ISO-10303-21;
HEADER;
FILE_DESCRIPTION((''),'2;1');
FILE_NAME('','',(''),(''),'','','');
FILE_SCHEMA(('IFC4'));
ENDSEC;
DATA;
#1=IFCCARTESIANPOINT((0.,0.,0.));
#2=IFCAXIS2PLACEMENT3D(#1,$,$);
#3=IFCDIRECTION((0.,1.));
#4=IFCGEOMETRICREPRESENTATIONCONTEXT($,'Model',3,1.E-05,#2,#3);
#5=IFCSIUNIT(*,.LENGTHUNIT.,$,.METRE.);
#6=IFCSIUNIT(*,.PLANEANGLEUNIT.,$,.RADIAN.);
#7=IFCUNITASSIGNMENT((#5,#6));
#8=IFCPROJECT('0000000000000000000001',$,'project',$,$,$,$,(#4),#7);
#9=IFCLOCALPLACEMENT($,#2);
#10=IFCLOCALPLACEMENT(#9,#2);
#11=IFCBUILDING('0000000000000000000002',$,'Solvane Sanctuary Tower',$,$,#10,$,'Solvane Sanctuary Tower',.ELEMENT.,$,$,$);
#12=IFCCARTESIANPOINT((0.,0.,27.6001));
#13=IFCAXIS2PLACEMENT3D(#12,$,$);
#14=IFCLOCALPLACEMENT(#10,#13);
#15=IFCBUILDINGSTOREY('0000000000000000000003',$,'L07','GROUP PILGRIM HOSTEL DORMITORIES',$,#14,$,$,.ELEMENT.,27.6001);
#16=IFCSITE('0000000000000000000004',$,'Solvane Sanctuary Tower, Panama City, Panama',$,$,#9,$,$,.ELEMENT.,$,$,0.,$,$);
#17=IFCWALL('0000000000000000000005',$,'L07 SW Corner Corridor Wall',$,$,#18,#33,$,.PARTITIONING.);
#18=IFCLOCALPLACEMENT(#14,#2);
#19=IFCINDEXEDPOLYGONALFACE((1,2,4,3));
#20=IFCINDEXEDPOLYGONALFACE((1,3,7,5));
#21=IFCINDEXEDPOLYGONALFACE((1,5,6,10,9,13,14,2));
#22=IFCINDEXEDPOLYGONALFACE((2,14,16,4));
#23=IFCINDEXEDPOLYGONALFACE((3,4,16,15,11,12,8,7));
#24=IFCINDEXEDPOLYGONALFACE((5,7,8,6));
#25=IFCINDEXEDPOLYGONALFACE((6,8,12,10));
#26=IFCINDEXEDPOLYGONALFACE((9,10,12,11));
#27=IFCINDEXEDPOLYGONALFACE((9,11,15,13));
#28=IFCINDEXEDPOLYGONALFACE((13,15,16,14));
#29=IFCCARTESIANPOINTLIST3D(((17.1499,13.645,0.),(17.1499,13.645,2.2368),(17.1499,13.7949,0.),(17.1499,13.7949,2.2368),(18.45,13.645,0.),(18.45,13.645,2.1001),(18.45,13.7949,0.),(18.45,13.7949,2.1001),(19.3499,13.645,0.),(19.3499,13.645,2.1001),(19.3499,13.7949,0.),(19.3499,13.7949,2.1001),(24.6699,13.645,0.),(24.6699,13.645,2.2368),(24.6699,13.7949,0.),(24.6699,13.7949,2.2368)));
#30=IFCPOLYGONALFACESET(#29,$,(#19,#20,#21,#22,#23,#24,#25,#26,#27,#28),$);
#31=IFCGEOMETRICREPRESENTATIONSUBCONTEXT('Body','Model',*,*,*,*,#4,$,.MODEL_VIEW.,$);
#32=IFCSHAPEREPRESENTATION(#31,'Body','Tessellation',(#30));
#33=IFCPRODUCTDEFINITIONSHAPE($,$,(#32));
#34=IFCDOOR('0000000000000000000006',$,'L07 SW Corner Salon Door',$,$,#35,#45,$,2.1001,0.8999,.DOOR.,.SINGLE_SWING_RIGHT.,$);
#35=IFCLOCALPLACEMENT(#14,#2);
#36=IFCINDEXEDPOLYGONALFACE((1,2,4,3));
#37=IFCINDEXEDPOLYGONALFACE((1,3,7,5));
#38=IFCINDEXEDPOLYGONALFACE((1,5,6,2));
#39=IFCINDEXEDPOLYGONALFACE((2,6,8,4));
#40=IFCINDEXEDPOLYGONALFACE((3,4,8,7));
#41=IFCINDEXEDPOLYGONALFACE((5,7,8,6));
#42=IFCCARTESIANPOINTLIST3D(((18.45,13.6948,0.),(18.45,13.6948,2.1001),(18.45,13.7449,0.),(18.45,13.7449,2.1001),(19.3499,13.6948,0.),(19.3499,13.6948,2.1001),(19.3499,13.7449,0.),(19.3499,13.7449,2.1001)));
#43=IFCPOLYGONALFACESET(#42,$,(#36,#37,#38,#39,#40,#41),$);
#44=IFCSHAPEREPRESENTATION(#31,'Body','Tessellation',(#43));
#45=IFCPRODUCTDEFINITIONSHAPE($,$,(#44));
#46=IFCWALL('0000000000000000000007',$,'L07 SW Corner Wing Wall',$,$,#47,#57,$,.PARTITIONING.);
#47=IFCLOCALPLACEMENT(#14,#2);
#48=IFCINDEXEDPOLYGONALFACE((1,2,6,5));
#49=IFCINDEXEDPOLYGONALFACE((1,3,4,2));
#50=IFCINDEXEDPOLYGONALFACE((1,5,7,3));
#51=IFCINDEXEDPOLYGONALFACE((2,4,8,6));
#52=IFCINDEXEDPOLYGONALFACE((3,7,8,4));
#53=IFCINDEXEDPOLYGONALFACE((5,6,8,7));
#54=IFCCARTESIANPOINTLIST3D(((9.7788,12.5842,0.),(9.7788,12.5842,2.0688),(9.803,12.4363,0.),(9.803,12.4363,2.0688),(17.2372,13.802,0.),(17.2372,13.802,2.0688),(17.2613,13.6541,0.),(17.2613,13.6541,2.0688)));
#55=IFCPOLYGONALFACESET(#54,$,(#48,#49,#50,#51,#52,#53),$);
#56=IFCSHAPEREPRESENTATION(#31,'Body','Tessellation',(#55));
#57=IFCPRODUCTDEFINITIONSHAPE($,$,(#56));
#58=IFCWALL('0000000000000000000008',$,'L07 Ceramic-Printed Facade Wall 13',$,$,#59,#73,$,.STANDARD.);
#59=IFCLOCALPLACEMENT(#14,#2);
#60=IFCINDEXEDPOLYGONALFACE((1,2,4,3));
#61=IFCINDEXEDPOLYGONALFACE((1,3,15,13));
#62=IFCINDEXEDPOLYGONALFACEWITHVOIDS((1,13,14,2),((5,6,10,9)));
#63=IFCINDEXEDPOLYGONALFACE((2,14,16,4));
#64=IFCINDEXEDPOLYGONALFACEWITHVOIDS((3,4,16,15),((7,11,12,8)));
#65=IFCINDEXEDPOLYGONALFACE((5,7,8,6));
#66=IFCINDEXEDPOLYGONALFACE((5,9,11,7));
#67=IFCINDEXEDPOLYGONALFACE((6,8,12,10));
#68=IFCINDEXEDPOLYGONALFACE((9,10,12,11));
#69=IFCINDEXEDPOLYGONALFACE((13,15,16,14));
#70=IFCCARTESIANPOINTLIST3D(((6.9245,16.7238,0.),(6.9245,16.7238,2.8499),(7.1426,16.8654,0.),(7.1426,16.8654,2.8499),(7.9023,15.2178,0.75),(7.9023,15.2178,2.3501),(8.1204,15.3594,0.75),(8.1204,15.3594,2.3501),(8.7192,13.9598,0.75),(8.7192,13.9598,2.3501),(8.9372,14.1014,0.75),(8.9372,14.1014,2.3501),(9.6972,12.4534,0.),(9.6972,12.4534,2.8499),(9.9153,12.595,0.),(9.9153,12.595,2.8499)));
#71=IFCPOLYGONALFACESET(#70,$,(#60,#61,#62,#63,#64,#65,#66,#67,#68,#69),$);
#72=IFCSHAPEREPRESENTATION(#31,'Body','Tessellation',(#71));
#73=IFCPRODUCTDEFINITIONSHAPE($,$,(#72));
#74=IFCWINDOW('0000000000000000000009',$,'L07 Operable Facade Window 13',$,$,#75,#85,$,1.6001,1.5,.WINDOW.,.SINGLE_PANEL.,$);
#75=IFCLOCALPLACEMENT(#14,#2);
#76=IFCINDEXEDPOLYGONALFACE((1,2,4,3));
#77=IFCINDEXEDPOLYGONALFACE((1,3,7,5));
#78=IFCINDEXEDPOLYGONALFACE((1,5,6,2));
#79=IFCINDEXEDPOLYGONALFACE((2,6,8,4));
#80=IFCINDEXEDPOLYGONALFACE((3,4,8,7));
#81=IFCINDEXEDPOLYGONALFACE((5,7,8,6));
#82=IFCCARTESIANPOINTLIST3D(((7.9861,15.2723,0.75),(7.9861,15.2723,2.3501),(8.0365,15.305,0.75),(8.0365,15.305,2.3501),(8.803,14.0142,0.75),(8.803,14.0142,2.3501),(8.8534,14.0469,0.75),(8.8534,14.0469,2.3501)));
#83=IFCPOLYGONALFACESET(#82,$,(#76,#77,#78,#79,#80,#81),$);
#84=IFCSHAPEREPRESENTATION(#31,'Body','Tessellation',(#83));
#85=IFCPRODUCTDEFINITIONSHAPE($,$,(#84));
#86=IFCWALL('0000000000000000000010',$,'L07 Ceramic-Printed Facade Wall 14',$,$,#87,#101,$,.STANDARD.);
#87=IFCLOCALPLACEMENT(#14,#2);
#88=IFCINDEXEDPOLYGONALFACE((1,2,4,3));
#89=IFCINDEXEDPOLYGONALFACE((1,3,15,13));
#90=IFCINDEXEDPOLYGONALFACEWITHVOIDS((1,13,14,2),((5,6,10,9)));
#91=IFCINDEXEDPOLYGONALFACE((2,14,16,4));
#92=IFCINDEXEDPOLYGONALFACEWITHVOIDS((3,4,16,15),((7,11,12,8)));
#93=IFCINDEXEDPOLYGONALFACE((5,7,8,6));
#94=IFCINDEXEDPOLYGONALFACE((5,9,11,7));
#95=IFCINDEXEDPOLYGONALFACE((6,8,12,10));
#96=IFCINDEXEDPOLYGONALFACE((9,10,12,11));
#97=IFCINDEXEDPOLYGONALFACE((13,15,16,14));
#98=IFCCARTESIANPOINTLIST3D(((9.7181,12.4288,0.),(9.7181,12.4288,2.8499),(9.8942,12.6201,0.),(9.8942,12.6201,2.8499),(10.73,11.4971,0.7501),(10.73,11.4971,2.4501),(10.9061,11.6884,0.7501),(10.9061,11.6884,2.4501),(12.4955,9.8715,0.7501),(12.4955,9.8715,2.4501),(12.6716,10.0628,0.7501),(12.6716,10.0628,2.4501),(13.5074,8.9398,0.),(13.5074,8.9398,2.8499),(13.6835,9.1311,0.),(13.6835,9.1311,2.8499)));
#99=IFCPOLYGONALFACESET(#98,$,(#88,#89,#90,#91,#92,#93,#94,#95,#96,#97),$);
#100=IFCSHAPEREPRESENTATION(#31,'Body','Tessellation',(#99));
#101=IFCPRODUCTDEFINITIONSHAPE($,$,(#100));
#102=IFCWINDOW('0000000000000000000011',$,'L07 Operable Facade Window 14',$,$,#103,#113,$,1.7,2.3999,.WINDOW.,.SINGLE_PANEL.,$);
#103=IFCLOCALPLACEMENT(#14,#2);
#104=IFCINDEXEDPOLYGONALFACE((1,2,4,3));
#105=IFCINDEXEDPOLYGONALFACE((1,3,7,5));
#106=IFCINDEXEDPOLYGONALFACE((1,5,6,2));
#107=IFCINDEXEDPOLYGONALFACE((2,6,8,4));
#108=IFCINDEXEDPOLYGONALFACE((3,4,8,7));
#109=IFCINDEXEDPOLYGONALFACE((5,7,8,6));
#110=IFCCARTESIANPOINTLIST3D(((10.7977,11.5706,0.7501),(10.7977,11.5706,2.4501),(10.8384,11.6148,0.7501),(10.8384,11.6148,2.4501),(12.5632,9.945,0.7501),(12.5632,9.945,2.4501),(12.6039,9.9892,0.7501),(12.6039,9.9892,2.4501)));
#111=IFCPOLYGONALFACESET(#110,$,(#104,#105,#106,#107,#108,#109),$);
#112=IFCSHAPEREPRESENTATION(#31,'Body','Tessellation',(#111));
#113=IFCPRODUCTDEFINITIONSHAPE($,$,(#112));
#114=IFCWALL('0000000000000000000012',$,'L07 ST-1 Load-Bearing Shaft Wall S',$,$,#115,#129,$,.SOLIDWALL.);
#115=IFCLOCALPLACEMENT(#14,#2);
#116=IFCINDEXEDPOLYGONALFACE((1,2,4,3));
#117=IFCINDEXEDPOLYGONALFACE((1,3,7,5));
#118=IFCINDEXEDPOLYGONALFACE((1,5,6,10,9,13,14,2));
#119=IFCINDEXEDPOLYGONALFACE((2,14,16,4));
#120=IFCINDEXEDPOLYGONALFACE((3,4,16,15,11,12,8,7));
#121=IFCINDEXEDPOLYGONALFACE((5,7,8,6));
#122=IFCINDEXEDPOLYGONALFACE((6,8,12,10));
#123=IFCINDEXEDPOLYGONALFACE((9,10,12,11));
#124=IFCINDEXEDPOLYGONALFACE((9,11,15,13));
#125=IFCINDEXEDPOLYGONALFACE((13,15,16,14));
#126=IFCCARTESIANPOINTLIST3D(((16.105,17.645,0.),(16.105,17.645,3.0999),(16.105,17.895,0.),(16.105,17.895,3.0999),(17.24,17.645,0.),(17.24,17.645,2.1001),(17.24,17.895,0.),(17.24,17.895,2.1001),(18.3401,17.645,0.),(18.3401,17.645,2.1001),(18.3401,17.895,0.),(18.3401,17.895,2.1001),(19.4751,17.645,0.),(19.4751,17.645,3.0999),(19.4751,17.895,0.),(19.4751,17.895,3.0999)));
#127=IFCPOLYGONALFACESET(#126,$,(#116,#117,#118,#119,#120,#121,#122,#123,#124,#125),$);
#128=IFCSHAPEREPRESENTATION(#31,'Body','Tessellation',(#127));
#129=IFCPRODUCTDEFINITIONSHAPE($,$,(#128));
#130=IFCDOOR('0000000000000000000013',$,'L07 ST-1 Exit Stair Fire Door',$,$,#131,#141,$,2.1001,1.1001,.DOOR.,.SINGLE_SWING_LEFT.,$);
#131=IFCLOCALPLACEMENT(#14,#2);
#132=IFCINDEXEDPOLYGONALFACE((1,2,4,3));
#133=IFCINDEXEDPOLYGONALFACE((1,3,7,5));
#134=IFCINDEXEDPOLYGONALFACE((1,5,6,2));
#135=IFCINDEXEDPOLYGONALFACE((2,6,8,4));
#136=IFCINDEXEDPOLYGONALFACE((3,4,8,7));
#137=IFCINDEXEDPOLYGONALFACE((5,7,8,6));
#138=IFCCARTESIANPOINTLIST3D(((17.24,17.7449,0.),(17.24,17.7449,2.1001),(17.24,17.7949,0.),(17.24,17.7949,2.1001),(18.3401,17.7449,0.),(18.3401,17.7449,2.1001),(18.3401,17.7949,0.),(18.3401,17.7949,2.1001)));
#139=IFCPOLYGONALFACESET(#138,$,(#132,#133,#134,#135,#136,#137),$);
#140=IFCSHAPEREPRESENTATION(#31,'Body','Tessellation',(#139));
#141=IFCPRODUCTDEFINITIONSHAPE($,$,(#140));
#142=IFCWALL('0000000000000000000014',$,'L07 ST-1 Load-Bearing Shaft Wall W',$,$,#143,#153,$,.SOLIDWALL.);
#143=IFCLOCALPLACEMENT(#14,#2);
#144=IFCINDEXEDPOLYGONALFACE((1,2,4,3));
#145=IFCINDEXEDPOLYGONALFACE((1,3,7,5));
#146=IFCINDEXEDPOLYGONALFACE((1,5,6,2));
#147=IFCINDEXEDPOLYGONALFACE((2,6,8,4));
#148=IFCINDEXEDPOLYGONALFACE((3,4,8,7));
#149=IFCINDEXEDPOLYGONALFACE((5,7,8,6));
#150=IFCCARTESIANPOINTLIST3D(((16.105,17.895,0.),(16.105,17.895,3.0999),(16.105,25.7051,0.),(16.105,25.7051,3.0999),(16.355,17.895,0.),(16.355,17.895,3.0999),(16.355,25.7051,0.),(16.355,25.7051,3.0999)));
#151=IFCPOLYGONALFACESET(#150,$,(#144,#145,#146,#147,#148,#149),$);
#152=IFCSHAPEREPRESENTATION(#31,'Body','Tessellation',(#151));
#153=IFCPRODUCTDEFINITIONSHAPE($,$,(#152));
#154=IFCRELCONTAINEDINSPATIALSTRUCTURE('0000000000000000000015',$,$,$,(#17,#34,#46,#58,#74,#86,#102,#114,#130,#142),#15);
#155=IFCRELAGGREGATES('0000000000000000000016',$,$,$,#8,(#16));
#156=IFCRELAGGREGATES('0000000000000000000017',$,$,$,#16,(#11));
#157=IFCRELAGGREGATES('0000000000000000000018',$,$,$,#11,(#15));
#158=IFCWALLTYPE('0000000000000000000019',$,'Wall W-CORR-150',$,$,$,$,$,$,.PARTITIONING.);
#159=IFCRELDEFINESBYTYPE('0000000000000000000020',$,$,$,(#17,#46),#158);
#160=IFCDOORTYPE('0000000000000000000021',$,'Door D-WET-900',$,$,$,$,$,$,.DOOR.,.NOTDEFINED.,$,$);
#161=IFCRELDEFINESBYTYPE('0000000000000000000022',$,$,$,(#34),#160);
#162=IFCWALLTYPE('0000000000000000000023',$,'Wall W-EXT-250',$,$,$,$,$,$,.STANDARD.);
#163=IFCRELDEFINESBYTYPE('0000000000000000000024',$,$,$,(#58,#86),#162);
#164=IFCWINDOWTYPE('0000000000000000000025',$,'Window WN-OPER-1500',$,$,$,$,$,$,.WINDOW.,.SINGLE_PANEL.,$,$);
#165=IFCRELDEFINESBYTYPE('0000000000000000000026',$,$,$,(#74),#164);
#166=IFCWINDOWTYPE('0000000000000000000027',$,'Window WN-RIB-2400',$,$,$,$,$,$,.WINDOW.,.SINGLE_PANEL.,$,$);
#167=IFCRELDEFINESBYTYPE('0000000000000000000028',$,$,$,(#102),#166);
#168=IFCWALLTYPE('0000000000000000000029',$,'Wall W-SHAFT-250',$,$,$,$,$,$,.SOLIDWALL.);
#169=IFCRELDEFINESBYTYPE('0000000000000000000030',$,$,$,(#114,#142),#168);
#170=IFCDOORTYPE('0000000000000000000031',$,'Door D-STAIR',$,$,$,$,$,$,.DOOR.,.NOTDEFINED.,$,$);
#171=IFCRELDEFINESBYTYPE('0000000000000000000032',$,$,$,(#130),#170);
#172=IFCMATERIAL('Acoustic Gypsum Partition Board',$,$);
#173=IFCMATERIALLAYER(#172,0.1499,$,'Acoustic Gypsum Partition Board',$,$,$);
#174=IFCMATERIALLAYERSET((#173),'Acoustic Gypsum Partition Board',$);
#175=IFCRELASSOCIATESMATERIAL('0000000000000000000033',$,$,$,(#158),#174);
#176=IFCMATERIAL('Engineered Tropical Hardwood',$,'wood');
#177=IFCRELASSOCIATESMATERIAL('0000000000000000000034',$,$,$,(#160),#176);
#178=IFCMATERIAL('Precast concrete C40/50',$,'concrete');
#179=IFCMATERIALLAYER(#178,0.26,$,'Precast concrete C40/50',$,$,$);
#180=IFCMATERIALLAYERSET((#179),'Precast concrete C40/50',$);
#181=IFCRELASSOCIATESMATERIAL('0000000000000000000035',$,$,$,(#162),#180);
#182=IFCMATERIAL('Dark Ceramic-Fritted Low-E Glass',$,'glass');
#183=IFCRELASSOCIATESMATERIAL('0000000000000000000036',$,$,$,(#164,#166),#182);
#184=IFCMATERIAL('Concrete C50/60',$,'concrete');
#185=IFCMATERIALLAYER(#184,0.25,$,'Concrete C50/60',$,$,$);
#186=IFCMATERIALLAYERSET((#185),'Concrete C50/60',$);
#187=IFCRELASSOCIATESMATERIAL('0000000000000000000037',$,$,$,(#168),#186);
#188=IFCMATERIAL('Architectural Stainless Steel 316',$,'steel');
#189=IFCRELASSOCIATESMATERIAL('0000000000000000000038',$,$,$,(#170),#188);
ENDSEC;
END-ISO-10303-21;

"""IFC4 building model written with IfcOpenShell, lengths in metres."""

from ifc_helpers import new_model, si_unit, direction, frame, frame_2d, origin, place, context, subcontext, project, spatial, rectangle, extrude, material, layer, layer_set, type_object, element, fill, save


model = new_model("IFC4")

# Units and contexts
model_context = context("Model", 3, precision=1e-05, world=origin(), true_north=direction((0.0, 1.0)))
body_context = subcontext(model_context, "Body", "Model", "MODEL_VIEW")
ifc_project = project(units=[si_unit("LENGTHUNIT", "METRE"), si_unit("PLANEANGLEUNIT", "RADIAN")], contexts=[model_context])

# Site, building, storey
site_placement = place(None, origin())
site = spatial("IfcSite", under=ifc_project, at=site_placement, Name="Solvane Sanctuary Tower, Panama City, Panama", CompositionType="ELEMENT", RefElevation=0.0)
building_placement = place(site_placement, origin())
building = spatial("IfcBuilding", under=site, at=building_placement, Name="Solvane Sanctuary Tower", LongName="Solvane Sanctuary Tower", CompositionType="ELEMENT")
storey_placement = place(building_placement, frame((0.0, 0.0, 27.6001)))
storey = spatial("IfcBuildingStorey", under=building, at=storey_placement, Name="L07", Description="GROUP PILGRIM HOSTEL DORMITORIES", CompositionType="ELEMENT", Elevation=27.6001)

# Shared definitions
ifc_material_1 = material(Name="Acoustic Gypsum Partition Board")
ifc_layer_1 = layer(ifc_material_1, 0.1499, Name="Acoustic Gypsum Partition Board")
ifc_layer_set_1 = layer_set([ifc_layer_1], Name="Acoustic Gypsum Partition Board")
wall_type_1 = type_object("IfcWallType", Name="Wall W-CORR-150", PredefinedType="PARTITIONING", material=ifc_layer_set_1)

# Wall, opening, door
ifc_material_2 = material(Name="Engineered Tropical Hardwood", Category="wood")
door_type_1 = type_object("IfcDoorType", Name="Door D-WET-900", OperationType="NOTDEFINED", PredefinedType="DOOR", material=ifc_material_2)
wall_1_placement = place(storey_placement, frame((17.1499, 13.72, 0.0), z_axis=(0.0, 0.0, 1.0), x_axis=(1.0, 0.0, 0.0)))
wall_1 = element("IfcWall", 1, at=wall_1_placement, inside=storey, type_object=wall_type_1, Name="L07 SW Corner Corridor Wall", PredefinedType="PARTITIONING", context=body_context, shape_type="SweptSolid", body=[
    extrude(rectangle(XDim=7.52, YDim=0.1499, at=frame_2d((3.76, 0.0))), origin(), (0.0, 0.0, 1.0), 2.2368),
])
opening_1_placement = place(wall_1_placement, frame((1.3, 0.0, 0.0)))
opening_1 = element("IfcOpeningElement", 2, at=opening_1_placement, cuts=wall_1, PredefinedType="OPENING", context=body_context, shape_type="SweptSolid", body=[
    extrude(rectangle(XDim=0.8999, YDim=2.1001, at=frame_2d((0.45, 1.05))), frame((0.0, 0.085, 0.0), z_axis=(0.0, -1.0, 0.0), x_axis=(1.0, 0.0, 0.0)), (0.0, 0.0, 1.0), 0.1699),
])
door_1_placement = place(opening_1_placement, origin())
door_1 = element("IfcDoor", 3, at=door_1_placement, inside=storey, type_object=door_type_1, Name="L07 SW Corner Salon Door", OperationType="SINGLE_SWING_RIGHT", OverallHeight=2.1001, OverallWidth=0.8999, PredefinedType="DOOR", context=body_context, shape_type="SweptSolid", body=[
    extrude(rectangle(XDim=0.8999, YDim=2.1001, at=frame_2d((0.45, 1.05))), frame((0.0, 0.0249, 0.0), z_axis=(0.0, -1.0, 0.0), x_axis=(1.0, 0.0, 0.0)), (0.0, 0.0, 1.0), 0.05),
])
fill(opening_1, door_1)

# Wall
wall_2_placement = place(storey_placement, frame((17.2493, 13.728, 0.0), z_axis=(0.0, 0.0, 1.0), x_axis=(-0.986931, -0.161145, 0.0)))
element("IfcWall", 4, at=wall_2_placement, inside=storey, type_object=wall_type_1, Name="L07 SW Corner Wing Wall", PredefinedType="PARTITIONING", context=body_context, shape_type="SweptSolid", body=[
    extrude(rectangle(XDim=7.5571, YDim=0.1499, at=frame_2d((3.7786, 0.0))), origin(), (0.0, 0.0, 1.0), 2.0688),
])

# Walls, openings, windows
ifc_material_3 = material(Name="Precast concrete C40/50", Category="concrete")
ifc_layer_2 = layer(ifc_material_3, 0.26, Name="Precast concrete C40/50")
ifc_layer_set_2 = layer_set([ifc_layer_2], Name="Precast concrete C40/50")
wall_type_2 = type_object("IfcWallType", Name="Wall W-EXT-250", PredefinedType="STANDARD", material=ifc_layer_set_2)
wall_3_placement = place(storey_placement, frame((7.0334, 16.7947, 0.0), z_axis=(0.0, 0.0, 1.0), x_axis=(0.544579, -0.83871, 0.0)))
wall_3 = element("IfcWall", 5, at=wall_3_placement, inside=storey, type_object=wall_type_2, Name="L07 Ceramic-Printed Facade Wall 13", PredefinedType="STANDARD", context=body_context, shape_type="SweptSolid", body=[
    extrude(rectangle(XDim=5.0916, YDim=0.26, at=frame_2d((2.5459, 0.0))), origin(), (0.0, 0.0, 1.0), 2.8499),
])
opening_2_placement = place(wall_3_placement, frame((1.7957, 0.0, 0.75)))
opening_2 = element("IfcOpeningElement", 6, at=opening_2_placement, cuts=wall_3, PredefinedType="OPENING", context=body_context, shape_type="SweptSolid", body=[
    extrude(rectangle(XDim=1.5, YDim=1.6001, at=frame_2d((0.75, 0.8))), frame((0.0, 0.1399, 0.0), z_axis=(0.0, -1.0, 0.0), x_axis=(1.0, 0.0, 0.0)), (0.0, 0.0, 1.0), 0.28),
])
ifc_material_4 = material(Name="Dark Ceramic-Fritted Low-E Glass", Category="glass")
window_type_1 = type_object("IfcWindowType", Name="Window WN-OPER-1500", PartitioningType="SINGLE_PANEL", PredefinedType="WINDOW", material=ifc_material_4)
window_1_placement = place(opening_2_placement, origin())
window_1 = element("IfcWindow", 7, at=window_1_placement, inside=storey, type_object=window_type_1, Name="L07 Operable Facade Window 13", OverallHeight=1.6001, OverallWidth=1.5, PartitioningType="SINGLE_PANEL", PredefinedType="WINDOW", context=body_context, shape_type="SweptSolid", body=[
    extrude(rectangle(XDim=1.5, YDim=1.6001, at=frame_2d((0.75, 0.8))), frame((0.0, 0.03, 0.0), z_axis=(0.0, -1.0, 0.0), x_axis=(1.0, 0.0, 0.0)), (0.0, 0.0, 1.0), 0.0601),
])
fill(opening_2, window_1)
wall_4_placement = place(storey_placement, frame((9.8062, 12.5244, 0.0), z_axis=(0.0, 0.0, 1.0), x_axis=(0.735655, -0.677356, 0.0)))
wall_4 = element("IfcWall", 8, at=wall_4_placement, inside=storey, type_object=wall_type_2, Name="L07 Ceramic-Printed Facade Wall 14", PredefinedType="STANDARD", context=body_context, shape_type="SweptSolid", body=[
    extrude(rectangle(XDim=5.1509, YDim=0.26, at=frame_2d((2.5754, 0.0))), origin(), (0.0, 0.0, 1.0), 2.8499),
])
opening_3_placement = place(wall_4_placement, frame((1.3755, 0.0, 0.75)))
opening_3 = element("IfcOpeningElement", 9, at=opening_3_placement, cuts=wall_4, PredefinedType="OPENING", context=body_context, shape_type="SweptSolid", body=[
    extrude(rectangle(XDim=2.3999, YDim=1.7, at=frame_2d((1.2, 0.8501))), frame((0.0, 0.1399, 0.0), z_axis=(0.0, -1.0, 0.0), x_axis=(1.0, 0.0, 0.0)), (0.0, 0.0, 1.0), 0.28),
])
window_type_2 = type_object("IfcWindowType", Name="Window WN-RIB-2400", PartitioningType="SINGLE_PANEL", PredefinedType="WINDOW", material=ifc_material_4)
window_2_placement = place(opening_3_placement, origin())
window_2 = element("IfcWindow", 10, at=window_2_placement, inside=storey, type_object=window_type_2, Name="L07 Operable Facade Window 14", OverallHeight=1.7, OverallWidth=2.3999, PartitioningType="SINGLE_PANEL", PredefinedType="WINDOW", context=body_context, shape_type="SweptSolid", body=[
    extrude(rectangle(XDim=2.3999, YDim=1.7, at=frame_2d((1.2, 0.8501))), frame((0.0, 0.03, 0.0), z_axis=(0.0, -1.0, 0.0), x_axis=(1.0, 0.0, 0.0)), (0.0, 0.0, 1.0), 0.0601),
])
fill(opening_3, window_2)

# Wall, opening, door
ifc_material_5 = material(Name="Concrete C50/60", Category="concrete")
ifc_layer_3 = layer(ifc_material_5, 0.25, Name="Concrete C50/60")
ifc_layer_set_3 = layer_set([ifc_layer_3], Name="Concrete C50/60")
wall_type_3 = type_object("IfcWallType", Name="Wall W-SHAFT-250", PredefinedType="SOLIDWALL", material=ifc_layer_set_3)
wall_5_placement = place(storey_placement, frame((16.105, 17.77, 0.0), z_axis=(0.0, 0.0, 1.0), x_axis=(1.0, 0.0, 0.0)))
wall_5 = element("IfcWall", 11, at=wall_5_placement, inside=storey, type_object=wall_type_3, Name="L07 ST-1 Load-Bearing Shaft Wall S", PredefinedType="SOLIDWALL", context=body_context, shape_type="SweptSolid", body=[
    extrude(rectangle(XDim=3.3701, YDim=0.25, at=frame_2d((1.6851, 0.0))), origin(), (0.0, 0.0, 1.0), 3.0999),
])
opening_4_placement = place(wall_5_placement, frame((1.135, 0.0, 0.0)))
opening_4 = element("IfcOpeningElement", 12, at=opening_4_placement, cuts=wall_5, PredefinedType="OPENING", context=body_context, shape_type="SweptSolid", body=[
    extrude(rectangle(XDim=1.1001, YDim=2.1001, at=frame_2d((0.55, 1.05))), frame((0.0, 0.135, 0.0), z_axis=(0.0, -1.0, 0.0), x_axis=(1.0, 0.0, 0.0)), (0.0, 0.0, 1.0), 0.27),
])
ifc_material_6 = material(Name="Architectural Stainless Steel 316", Category="steel")
door_type_2 = type_object("IfcDoorType", Name="Door D-STAIR", OperationType="NOTDEFINED", PredefinedType="DOOR", material=ifc_material_6)
door_2_placement = place(opening_4_placement, origin())
door_2 = element("IfcDoor", 13, at=door_2_placement, inside=storey, type_object=door_type_2, Name="L07 ST-1 Exit Stair Fire Door", OperationType="SINGLE_SWING_LEFT", OverallHeight=2.1001, OverallWidth=1.1001, PredefinedType="DOOR", context=body_context, shape_type="SweptSolid", body=[
    extrude(rectangle(XDim=1.1001, YDim=2.1001, at=frame_2d((0.55, 1.05))), frame((0.0, 0.0249, 0.0), z_axis=(0.0, -1.0, 0.0), x_axis=(1.0, 0.0, 0.0)), (0.0, 0.0, 1.0), 0.05),
])
fill(opening_4, door_2)

# Wall
wall_6_placement = place(storey_placement, frame((16.23, 17.895, 0.0), z_axis=(0.0, 0.0, 1.0), x_axis=(0.0, 1.0, 0.0)))
element("IfcWall", 14, at=wall_6_placement, inside=storey, type_object=wall_type_3, Name="L07 ST-1 Load-Bearing Shaft Wall W", PredefinedType="SOLIDWALL", context=body_context, shape_type="SweptSolid", body=[
    extrude(rectangle(XDim=7.8101, YDim=0.25, at=frame_2d((3.905, 0.0))), origin(), (0.0, 0.0, 1.0), 3.0999),
])

save(model, "model.ifc")
